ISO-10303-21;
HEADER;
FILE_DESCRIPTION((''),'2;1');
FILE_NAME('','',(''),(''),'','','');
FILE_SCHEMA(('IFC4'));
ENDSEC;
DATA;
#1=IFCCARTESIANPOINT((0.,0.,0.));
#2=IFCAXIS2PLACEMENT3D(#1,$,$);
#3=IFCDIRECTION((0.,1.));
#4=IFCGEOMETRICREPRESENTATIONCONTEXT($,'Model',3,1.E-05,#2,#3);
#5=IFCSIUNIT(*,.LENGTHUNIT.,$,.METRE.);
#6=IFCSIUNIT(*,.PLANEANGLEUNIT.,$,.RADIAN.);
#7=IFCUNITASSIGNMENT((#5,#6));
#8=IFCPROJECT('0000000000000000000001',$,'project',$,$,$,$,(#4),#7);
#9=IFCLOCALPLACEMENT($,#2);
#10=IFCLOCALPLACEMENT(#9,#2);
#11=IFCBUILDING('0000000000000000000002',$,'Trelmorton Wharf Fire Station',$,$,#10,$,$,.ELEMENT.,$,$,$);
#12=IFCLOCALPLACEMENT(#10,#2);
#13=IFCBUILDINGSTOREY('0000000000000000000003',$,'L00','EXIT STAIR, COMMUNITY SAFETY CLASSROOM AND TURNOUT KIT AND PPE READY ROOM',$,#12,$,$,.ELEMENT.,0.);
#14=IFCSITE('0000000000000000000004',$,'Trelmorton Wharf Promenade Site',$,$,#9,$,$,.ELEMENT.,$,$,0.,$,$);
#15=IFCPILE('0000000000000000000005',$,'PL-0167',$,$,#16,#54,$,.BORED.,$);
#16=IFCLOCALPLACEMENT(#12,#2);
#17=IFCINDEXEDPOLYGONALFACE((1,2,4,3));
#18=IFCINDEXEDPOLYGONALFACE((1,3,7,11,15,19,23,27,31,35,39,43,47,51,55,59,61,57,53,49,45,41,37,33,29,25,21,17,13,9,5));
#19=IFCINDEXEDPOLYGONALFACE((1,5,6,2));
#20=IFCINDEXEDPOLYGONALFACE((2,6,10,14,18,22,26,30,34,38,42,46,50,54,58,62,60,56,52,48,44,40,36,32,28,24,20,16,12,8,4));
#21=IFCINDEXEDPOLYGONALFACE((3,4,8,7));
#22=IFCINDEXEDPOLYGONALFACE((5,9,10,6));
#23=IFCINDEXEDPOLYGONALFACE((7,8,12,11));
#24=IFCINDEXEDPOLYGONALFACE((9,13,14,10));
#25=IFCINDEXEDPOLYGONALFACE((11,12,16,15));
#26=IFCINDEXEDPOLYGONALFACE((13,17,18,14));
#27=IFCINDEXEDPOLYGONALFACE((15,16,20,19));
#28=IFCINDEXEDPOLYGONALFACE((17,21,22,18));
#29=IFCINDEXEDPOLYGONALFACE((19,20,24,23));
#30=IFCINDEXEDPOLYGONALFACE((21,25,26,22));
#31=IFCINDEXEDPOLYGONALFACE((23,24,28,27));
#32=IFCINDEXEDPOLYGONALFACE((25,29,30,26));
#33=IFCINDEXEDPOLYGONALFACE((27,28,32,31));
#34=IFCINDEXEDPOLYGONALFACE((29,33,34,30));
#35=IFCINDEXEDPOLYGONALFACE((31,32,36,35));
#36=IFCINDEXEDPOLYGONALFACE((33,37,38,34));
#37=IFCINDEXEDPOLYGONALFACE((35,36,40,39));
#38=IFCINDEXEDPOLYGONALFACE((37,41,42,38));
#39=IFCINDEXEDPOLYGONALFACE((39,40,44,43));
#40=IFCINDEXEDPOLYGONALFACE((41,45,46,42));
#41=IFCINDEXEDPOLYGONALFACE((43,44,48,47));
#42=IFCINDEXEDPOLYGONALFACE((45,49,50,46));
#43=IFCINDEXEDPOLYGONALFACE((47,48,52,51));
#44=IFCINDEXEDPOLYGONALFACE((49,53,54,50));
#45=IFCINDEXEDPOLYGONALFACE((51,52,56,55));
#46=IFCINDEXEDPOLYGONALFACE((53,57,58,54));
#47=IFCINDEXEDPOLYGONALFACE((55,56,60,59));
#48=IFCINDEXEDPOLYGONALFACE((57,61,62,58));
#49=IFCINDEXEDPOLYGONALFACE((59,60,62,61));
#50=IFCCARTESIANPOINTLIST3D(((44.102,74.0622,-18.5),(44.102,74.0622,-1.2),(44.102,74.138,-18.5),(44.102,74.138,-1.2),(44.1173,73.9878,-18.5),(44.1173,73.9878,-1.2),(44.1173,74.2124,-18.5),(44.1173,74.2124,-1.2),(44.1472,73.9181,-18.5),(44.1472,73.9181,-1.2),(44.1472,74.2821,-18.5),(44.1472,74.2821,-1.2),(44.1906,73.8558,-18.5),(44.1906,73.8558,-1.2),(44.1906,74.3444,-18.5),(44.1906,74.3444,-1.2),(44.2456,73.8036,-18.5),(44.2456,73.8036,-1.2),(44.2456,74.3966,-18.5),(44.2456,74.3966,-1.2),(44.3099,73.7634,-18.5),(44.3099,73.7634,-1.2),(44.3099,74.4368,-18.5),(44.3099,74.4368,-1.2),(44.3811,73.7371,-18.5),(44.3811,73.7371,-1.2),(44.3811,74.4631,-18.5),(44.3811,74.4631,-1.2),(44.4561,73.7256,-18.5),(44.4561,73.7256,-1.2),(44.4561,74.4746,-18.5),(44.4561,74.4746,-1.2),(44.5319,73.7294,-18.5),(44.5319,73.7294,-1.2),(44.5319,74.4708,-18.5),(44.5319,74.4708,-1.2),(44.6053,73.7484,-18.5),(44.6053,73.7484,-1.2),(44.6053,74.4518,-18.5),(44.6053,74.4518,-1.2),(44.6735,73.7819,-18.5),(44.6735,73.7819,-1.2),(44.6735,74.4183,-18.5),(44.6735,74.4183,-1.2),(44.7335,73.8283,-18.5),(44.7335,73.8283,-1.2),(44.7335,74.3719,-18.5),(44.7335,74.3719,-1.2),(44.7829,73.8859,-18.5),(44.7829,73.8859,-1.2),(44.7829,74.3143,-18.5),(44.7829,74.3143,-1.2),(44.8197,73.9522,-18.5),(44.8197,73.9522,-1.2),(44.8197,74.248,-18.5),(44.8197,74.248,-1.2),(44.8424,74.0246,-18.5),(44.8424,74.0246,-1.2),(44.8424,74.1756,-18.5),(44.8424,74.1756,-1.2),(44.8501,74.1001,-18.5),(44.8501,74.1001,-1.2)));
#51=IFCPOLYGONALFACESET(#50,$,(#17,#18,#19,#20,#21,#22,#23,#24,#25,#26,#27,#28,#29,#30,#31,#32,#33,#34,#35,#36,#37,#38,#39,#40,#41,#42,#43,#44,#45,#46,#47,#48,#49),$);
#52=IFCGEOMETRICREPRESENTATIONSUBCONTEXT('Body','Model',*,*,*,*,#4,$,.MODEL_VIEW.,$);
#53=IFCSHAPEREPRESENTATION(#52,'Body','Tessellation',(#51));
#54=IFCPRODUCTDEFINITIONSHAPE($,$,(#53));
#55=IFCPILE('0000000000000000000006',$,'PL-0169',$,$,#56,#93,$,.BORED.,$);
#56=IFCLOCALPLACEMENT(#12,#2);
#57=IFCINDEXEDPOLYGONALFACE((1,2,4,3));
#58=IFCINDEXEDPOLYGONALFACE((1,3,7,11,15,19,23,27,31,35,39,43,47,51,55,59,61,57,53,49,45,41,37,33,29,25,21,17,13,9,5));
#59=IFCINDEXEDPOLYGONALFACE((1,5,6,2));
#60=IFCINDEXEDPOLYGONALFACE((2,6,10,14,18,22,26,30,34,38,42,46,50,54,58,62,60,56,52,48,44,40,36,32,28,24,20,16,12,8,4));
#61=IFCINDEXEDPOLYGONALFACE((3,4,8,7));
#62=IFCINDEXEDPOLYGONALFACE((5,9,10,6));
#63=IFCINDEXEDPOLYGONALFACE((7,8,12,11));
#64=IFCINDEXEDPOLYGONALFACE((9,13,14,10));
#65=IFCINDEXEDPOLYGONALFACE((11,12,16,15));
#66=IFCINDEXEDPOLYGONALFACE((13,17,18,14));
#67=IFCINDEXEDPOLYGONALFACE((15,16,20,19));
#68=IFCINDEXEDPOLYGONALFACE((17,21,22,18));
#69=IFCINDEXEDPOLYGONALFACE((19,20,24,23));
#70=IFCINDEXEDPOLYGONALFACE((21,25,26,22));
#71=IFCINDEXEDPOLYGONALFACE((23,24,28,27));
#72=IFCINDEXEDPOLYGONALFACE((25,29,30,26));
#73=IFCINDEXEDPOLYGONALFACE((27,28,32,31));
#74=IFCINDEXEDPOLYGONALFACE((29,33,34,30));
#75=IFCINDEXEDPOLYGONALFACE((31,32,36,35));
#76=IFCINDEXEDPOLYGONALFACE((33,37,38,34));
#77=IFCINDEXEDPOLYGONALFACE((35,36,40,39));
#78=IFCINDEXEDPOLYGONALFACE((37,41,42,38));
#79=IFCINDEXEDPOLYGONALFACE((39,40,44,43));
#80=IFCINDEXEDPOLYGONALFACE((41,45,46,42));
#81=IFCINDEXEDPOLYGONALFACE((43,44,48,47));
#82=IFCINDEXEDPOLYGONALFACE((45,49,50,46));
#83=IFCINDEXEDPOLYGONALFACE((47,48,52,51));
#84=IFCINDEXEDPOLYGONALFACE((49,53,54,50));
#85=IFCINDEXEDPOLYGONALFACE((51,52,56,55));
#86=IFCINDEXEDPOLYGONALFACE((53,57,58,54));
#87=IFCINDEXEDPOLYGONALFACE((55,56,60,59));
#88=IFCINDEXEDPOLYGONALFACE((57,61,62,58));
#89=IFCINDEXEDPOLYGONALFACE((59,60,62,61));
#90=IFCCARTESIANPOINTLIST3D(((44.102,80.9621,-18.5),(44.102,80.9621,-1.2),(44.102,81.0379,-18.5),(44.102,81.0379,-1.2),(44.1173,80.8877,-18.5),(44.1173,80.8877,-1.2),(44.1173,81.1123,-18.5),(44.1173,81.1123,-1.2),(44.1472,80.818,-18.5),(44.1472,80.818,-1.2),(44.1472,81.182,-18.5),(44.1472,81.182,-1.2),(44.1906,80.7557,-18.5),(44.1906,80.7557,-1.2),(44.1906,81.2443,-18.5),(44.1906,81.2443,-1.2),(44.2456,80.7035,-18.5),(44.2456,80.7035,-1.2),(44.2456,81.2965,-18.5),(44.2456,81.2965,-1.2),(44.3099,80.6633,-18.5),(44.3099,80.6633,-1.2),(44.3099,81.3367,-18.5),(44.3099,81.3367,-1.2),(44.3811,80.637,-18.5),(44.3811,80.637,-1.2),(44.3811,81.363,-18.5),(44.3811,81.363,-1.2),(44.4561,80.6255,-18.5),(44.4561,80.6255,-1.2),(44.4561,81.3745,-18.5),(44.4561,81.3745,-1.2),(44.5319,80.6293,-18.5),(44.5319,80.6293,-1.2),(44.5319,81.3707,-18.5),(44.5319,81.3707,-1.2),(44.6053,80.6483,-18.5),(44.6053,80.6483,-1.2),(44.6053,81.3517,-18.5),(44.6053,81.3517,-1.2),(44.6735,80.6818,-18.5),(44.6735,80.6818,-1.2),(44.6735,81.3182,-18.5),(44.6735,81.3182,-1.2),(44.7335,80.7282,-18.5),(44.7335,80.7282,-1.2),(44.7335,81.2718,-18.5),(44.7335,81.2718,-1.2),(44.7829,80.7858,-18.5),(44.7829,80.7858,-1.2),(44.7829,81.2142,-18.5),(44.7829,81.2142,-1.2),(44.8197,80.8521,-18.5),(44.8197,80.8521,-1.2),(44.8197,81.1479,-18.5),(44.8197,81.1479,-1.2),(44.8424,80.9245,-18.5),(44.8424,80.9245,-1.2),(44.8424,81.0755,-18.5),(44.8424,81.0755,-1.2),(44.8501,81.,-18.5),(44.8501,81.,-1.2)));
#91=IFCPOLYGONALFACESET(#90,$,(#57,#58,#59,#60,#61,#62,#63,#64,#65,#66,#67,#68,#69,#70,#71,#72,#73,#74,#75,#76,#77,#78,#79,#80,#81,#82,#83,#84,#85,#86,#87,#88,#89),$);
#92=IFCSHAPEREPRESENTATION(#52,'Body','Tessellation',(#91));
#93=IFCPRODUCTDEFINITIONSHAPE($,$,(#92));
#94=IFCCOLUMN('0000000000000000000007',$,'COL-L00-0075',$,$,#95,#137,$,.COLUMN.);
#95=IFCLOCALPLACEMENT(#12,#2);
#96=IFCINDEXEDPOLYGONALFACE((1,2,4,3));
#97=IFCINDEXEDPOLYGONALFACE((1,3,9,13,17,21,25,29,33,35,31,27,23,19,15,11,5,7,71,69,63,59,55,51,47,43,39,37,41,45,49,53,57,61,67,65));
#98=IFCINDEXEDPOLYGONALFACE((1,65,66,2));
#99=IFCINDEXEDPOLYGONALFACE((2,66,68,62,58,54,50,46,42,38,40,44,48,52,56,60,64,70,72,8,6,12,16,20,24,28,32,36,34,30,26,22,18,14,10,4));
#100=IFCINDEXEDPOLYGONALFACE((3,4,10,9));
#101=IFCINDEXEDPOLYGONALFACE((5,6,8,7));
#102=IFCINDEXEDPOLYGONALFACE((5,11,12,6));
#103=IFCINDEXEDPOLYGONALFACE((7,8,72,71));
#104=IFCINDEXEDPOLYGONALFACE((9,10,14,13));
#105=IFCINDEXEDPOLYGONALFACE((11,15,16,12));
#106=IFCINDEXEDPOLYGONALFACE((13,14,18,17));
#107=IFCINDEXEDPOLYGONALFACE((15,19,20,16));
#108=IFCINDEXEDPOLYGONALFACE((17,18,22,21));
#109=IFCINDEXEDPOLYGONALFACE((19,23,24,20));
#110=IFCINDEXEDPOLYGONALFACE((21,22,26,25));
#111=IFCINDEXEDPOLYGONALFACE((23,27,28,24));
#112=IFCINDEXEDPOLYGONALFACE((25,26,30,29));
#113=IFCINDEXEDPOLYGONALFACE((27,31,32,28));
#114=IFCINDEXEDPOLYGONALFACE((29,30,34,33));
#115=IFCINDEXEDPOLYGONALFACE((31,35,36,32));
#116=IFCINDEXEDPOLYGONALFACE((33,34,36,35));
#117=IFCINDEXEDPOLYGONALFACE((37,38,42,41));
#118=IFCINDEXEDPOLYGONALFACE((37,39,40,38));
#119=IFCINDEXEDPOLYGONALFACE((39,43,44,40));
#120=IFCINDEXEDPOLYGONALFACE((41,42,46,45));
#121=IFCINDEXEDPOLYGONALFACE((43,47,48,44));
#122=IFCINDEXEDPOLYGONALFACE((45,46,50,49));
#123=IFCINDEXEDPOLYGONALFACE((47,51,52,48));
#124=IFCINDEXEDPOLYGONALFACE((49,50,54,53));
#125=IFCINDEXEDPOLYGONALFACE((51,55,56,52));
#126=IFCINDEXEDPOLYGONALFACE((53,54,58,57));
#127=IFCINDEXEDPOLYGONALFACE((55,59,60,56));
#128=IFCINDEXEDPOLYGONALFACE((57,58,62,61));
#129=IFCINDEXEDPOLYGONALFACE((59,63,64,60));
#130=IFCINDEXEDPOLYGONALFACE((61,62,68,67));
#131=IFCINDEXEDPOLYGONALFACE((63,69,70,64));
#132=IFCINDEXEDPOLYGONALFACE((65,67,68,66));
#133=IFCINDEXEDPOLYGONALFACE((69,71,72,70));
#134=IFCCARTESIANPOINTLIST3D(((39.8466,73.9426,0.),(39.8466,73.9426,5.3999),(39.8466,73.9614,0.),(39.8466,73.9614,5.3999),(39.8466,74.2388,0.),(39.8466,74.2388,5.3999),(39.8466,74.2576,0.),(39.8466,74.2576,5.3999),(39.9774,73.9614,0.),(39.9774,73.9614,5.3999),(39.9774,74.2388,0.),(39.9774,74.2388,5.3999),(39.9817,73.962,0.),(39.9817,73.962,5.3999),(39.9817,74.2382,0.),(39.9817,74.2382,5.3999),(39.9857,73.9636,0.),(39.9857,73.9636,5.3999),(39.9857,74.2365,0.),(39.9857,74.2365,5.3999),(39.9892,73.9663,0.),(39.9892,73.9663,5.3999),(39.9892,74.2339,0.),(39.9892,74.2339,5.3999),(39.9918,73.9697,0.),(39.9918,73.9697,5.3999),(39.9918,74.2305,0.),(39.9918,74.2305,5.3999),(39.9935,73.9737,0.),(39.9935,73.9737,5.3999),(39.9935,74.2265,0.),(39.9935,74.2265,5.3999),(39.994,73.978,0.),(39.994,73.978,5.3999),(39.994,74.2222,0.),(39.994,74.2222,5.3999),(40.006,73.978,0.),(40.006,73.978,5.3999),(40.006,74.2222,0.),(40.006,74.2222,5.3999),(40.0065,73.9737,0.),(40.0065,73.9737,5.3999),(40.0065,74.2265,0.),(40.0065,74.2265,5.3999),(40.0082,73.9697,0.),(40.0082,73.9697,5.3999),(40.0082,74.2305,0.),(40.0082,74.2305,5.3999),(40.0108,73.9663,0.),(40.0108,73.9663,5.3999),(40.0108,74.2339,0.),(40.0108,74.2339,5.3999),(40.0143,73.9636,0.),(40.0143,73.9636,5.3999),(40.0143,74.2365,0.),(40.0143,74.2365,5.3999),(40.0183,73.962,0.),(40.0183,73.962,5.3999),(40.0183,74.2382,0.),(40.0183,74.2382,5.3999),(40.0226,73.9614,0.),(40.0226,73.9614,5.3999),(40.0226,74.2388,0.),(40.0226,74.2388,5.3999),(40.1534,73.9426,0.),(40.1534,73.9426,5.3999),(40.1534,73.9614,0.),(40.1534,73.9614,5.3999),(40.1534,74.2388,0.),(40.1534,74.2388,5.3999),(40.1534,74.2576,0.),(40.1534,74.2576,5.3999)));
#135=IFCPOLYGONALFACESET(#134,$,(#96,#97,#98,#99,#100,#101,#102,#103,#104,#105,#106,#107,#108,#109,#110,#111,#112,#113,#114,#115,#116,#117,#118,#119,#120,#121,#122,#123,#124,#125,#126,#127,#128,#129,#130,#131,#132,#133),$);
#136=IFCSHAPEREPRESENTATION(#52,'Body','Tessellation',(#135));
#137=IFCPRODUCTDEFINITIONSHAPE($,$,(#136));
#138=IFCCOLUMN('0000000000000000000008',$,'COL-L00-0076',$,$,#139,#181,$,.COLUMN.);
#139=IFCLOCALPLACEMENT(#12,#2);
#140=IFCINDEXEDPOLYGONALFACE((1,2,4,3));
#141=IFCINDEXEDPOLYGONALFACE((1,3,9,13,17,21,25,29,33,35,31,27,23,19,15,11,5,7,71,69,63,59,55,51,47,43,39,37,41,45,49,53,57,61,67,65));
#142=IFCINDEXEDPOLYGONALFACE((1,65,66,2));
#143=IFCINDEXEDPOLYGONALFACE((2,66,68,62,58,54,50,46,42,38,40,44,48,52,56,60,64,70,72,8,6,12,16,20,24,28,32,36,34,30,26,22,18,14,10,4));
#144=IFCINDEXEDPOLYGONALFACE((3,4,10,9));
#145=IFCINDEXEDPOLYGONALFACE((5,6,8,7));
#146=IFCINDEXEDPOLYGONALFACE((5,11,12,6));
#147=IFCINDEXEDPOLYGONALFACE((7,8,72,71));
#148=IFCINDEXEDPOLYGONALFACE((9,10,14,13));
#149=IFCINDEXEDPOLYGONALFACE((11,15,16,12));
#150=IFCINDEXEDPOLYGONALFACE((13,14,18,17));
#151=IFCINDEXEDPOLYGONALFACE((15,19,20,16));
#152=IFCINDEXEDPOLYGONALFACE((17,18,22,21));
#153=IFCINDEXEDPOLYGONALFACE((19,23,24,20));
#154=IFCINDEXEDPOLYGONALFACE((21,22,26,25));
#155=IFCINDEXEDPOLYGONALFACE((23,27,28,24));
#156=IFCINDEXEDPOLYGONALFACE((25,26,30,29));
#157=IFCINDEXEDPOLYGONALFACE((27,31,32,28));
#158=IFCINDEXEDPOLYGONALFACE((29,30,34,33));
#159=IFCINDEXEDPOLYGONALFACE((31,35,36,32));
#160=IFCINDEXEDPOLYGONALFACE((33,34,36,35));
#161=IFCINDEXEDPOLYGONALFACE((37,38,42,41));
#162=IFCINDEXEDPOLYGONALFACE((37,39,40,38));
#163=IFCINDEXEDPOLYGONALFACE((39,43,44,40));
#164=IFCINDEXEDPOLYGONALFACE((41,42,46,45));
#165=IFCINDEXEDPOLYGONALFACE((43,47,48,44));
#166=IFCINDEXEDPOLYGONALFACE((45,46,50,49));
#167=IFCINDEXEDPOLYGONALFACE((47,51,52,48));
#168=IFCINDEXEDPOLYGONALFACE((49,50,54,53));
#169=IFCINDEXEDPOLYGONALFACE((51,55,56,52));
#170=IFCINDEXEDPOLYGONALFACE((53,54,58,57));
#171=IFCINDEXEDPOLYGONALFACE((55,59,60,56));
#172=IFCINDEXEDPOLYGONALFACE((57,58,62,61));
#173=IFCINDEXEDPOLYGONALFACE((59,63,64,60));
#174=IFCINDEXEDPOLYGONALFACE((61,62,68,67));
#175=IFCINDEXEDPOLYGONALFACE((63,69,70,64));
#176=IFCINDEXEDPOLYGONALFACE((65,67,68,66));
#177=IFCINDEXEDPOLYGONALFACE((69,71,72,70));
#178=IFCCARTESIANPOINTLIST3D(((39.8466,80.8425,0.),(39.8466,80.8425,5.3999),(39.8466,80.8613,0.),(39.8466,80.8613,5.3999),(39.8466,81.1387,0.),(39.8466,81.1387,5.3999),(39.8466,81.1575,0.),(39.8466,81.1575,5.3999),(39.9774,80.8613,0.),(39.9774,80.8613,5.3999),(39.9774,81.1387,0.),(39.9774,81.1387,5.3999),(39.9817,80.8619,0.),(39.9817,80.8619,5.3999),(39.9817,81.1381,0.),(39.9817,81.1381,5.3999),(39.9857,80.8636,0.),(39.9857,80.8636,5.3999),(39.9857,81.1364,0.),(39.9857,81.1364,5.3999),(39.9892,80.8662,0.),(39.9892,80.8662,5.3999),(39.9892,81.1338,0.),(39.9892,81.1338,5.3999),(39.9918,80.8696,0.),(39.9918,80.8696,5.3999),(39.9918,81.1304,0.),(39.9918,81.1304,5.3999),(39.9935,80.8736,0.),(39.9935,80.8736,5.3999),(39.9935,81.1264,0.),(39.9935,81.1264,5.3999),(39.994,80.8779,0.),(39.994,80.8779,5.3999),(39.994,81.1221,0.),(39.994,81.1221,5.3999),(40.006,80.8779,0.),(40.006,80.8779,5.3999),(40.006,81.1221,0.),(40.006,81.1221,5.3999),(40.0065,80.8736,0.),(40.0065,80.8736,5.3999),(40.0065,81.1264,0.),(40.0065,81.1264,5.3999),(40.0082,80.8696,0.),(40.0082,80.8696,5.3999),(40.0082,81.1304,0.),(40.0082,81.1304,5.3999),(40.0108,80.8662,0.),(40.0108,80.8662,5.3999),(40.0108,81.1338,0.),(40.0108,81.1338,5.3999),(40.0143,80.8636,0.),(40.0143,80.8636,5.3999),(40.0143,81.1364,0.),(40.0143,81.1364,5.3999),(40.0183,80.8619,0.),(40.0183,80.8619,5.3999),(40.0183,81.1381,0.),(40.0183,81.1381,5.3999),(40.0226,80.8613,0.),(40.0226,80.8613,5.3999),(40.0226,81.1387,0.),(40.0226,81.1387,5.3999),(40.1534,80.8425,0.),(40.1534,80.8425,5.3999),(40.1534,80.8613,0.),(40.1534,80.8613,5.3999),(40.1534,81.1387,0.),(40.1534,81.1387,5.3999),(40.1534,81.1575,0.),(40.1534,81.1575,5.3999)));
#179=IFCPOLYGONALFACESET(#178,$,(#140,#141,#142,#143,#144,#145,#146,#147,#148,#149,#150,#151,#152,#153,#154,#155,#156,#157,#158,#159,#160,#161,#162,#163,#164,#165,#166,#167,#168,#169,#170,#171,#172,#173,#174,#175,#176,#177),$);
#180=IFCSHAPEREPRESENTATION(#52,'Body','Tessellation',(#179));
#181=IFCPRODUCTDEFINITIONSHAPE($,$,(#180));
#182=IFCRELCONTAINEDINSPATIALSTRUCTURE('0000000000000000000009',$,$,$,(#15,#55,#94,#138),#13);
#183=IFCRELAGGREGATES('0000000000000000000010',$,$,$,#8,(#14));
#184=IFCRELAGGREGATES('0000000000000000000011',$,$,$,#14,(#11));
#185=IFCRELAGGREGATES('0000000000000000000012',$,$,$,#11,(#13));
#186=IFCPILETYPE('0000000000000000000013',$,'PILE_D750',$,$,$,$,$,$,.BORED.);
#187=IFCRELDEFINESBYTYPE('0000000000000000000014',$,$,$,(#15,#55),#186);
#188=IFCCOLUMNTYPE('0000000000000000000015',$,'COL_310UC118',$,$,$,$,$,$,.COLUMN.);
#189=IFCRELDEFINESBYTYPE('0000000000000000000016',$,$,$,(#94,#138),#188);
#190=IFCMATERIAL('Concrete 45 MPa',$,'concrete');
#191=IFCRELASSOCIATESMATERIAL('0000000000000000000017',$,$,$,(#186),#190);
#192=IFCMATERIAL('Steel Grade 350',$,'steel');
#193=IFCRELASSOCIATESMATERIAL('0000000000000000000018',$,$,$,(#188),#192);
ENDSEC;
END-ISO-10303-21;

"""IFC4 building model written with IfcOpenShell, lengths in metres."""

from ifc_helpers import new_model, si_unit, direction, frame, origin, origin_2d, place, context, subcontext, project, spatial, circle, i_section, extrude, material, material_profile, profile_set, type_object, element, save


model = new_model("IFC4")

# Units and contexts
model_context = context("Model", 3, precision=1e-05, world=origin(), true_north=direction((0.0, 1.0)))
body_context = subcontext(model_context, "Body", "Model", "MODEL_VIEW")
ifc_project = project(units=[si_unit("LENGTHUNIT", "METRE"), si_unit("PLANEANGLEUNIT", "RADIAN")], contexts=[model_context])

# Site, building, storey
site_placement = place(None, origin())
site = spatial("IfcSite", under=ifc_project, at=site_placement, Name="Trelmorton Wharf Promenade Site", CompositionType="ELEMENT", RefElevation=0.0)
building_placement = place(site_placement, origin())
building = spatial("IfcBuilding", under=site, at=building_placement, Name="Trelmorton Wharf Fire Station", CompositionType="ELEMENT")
storey_placement = place(building_placement, origin())
storey = spatial("IfcBuildingStorey", under=building, at=storey_placement, Name="L00", Description="EXIT STAIR, COMMUNITY SAFETY CLASSROOM AND TURNOUT KIT AND PPE READY ROOM", CompositionType="ELEMENT", Elevation=0.0)

# Piles
ifc_material_1 = material(Name="Concrete 45 MPa", Category="concrete")
ifc_material_profile_1 = material_profile(ifc_material_1, circle(Radius=0.375, at=origin_2d()), Name="PILE-D750")
ifc_profile_set_1 = profile_set([ifc_material_profile_1], Name="Concrete 45 MPa")
pile_type = type_object("IfcPileType", Name="PILE_D750", PredefinedType="BORED", material=ifc_profile_set_1)
for number, where, z_axis, x_axis, name in (
    (1, (44.4751, 74.1001, -1.2), (0.0, 0.0, -1.0), (1.0, 0.0, 0.0), "PL-0167"),
    (2, (44.4751, 81.0, -1.2), (0.0, 0.0, -1.0), (1.0, 0.0, 0.0), "PL-0169"),
):
    element("IfcPile", number, at=place(storey_placement, frame(where, z_axis=z_axis, x_axis=x_axis)), inside=storey, type_object=pile_type, Name=name, PredefinedType="BORED", context=body_context, shape_type="SweptSolid", body=[
        extrude(circle(Radius=0.375, at=origin_2d()), origin(), (0.0, 0.0, 1.0), 17.3),
    ])

# Columns
ifc_material_2 = material(Name="Steel Grade 350", Category="steel")
ifc_material_profile_2 = material_profile(ifc_material_2, i_section(OverallWidth=0.3069, OverallDepth=0.3149, WebThickness=0.012, FlangeThickness=0.0188, FilletRadius=0.0166, at=origin_2d()), Name="310UC118")
ifc_profile_set_2 = profile_set([ifc_material_profile_2], Name="Steel Grade 350")
column_type = type_object("IfcColumnType", Name="COL_310UC118", PredefinedType="COLUMN", material=ifc_profile_set_2)
for number, where, z_axis, x_axis, name in (
    (3, (40.0, 74.1001, 0.0), (0.0, 0.0, 1.0), (1.0, 0.0, 0.0), "COL-L00-0075"),
    (4, (40.0, 81.0, 0.0), (0.0, 0.0, 1.0), (1.0, 0.0, 0.0), "COL-L00-0076"),
):
    element("IfcColumn", number, at=place(storey_placement, frame(where, z_axis=z_axis, x_axis=x_axis)), inside=storey, type_object=column_type, Name=name, PredefinedType="COLUMN", context=body_context, shape_type="SweptSolid", body=[
        extrude(i_section(OverallWidth=0.3069, OverallDepth=0.3149, WebThickness=0.012, FlangeThickness=0.0188, FilletRadius=0.0166, at=origin_2d()), origin(), (0.0, 0.0, 1.0), 5.3999),
    ])

save(model, "model.ifc")
